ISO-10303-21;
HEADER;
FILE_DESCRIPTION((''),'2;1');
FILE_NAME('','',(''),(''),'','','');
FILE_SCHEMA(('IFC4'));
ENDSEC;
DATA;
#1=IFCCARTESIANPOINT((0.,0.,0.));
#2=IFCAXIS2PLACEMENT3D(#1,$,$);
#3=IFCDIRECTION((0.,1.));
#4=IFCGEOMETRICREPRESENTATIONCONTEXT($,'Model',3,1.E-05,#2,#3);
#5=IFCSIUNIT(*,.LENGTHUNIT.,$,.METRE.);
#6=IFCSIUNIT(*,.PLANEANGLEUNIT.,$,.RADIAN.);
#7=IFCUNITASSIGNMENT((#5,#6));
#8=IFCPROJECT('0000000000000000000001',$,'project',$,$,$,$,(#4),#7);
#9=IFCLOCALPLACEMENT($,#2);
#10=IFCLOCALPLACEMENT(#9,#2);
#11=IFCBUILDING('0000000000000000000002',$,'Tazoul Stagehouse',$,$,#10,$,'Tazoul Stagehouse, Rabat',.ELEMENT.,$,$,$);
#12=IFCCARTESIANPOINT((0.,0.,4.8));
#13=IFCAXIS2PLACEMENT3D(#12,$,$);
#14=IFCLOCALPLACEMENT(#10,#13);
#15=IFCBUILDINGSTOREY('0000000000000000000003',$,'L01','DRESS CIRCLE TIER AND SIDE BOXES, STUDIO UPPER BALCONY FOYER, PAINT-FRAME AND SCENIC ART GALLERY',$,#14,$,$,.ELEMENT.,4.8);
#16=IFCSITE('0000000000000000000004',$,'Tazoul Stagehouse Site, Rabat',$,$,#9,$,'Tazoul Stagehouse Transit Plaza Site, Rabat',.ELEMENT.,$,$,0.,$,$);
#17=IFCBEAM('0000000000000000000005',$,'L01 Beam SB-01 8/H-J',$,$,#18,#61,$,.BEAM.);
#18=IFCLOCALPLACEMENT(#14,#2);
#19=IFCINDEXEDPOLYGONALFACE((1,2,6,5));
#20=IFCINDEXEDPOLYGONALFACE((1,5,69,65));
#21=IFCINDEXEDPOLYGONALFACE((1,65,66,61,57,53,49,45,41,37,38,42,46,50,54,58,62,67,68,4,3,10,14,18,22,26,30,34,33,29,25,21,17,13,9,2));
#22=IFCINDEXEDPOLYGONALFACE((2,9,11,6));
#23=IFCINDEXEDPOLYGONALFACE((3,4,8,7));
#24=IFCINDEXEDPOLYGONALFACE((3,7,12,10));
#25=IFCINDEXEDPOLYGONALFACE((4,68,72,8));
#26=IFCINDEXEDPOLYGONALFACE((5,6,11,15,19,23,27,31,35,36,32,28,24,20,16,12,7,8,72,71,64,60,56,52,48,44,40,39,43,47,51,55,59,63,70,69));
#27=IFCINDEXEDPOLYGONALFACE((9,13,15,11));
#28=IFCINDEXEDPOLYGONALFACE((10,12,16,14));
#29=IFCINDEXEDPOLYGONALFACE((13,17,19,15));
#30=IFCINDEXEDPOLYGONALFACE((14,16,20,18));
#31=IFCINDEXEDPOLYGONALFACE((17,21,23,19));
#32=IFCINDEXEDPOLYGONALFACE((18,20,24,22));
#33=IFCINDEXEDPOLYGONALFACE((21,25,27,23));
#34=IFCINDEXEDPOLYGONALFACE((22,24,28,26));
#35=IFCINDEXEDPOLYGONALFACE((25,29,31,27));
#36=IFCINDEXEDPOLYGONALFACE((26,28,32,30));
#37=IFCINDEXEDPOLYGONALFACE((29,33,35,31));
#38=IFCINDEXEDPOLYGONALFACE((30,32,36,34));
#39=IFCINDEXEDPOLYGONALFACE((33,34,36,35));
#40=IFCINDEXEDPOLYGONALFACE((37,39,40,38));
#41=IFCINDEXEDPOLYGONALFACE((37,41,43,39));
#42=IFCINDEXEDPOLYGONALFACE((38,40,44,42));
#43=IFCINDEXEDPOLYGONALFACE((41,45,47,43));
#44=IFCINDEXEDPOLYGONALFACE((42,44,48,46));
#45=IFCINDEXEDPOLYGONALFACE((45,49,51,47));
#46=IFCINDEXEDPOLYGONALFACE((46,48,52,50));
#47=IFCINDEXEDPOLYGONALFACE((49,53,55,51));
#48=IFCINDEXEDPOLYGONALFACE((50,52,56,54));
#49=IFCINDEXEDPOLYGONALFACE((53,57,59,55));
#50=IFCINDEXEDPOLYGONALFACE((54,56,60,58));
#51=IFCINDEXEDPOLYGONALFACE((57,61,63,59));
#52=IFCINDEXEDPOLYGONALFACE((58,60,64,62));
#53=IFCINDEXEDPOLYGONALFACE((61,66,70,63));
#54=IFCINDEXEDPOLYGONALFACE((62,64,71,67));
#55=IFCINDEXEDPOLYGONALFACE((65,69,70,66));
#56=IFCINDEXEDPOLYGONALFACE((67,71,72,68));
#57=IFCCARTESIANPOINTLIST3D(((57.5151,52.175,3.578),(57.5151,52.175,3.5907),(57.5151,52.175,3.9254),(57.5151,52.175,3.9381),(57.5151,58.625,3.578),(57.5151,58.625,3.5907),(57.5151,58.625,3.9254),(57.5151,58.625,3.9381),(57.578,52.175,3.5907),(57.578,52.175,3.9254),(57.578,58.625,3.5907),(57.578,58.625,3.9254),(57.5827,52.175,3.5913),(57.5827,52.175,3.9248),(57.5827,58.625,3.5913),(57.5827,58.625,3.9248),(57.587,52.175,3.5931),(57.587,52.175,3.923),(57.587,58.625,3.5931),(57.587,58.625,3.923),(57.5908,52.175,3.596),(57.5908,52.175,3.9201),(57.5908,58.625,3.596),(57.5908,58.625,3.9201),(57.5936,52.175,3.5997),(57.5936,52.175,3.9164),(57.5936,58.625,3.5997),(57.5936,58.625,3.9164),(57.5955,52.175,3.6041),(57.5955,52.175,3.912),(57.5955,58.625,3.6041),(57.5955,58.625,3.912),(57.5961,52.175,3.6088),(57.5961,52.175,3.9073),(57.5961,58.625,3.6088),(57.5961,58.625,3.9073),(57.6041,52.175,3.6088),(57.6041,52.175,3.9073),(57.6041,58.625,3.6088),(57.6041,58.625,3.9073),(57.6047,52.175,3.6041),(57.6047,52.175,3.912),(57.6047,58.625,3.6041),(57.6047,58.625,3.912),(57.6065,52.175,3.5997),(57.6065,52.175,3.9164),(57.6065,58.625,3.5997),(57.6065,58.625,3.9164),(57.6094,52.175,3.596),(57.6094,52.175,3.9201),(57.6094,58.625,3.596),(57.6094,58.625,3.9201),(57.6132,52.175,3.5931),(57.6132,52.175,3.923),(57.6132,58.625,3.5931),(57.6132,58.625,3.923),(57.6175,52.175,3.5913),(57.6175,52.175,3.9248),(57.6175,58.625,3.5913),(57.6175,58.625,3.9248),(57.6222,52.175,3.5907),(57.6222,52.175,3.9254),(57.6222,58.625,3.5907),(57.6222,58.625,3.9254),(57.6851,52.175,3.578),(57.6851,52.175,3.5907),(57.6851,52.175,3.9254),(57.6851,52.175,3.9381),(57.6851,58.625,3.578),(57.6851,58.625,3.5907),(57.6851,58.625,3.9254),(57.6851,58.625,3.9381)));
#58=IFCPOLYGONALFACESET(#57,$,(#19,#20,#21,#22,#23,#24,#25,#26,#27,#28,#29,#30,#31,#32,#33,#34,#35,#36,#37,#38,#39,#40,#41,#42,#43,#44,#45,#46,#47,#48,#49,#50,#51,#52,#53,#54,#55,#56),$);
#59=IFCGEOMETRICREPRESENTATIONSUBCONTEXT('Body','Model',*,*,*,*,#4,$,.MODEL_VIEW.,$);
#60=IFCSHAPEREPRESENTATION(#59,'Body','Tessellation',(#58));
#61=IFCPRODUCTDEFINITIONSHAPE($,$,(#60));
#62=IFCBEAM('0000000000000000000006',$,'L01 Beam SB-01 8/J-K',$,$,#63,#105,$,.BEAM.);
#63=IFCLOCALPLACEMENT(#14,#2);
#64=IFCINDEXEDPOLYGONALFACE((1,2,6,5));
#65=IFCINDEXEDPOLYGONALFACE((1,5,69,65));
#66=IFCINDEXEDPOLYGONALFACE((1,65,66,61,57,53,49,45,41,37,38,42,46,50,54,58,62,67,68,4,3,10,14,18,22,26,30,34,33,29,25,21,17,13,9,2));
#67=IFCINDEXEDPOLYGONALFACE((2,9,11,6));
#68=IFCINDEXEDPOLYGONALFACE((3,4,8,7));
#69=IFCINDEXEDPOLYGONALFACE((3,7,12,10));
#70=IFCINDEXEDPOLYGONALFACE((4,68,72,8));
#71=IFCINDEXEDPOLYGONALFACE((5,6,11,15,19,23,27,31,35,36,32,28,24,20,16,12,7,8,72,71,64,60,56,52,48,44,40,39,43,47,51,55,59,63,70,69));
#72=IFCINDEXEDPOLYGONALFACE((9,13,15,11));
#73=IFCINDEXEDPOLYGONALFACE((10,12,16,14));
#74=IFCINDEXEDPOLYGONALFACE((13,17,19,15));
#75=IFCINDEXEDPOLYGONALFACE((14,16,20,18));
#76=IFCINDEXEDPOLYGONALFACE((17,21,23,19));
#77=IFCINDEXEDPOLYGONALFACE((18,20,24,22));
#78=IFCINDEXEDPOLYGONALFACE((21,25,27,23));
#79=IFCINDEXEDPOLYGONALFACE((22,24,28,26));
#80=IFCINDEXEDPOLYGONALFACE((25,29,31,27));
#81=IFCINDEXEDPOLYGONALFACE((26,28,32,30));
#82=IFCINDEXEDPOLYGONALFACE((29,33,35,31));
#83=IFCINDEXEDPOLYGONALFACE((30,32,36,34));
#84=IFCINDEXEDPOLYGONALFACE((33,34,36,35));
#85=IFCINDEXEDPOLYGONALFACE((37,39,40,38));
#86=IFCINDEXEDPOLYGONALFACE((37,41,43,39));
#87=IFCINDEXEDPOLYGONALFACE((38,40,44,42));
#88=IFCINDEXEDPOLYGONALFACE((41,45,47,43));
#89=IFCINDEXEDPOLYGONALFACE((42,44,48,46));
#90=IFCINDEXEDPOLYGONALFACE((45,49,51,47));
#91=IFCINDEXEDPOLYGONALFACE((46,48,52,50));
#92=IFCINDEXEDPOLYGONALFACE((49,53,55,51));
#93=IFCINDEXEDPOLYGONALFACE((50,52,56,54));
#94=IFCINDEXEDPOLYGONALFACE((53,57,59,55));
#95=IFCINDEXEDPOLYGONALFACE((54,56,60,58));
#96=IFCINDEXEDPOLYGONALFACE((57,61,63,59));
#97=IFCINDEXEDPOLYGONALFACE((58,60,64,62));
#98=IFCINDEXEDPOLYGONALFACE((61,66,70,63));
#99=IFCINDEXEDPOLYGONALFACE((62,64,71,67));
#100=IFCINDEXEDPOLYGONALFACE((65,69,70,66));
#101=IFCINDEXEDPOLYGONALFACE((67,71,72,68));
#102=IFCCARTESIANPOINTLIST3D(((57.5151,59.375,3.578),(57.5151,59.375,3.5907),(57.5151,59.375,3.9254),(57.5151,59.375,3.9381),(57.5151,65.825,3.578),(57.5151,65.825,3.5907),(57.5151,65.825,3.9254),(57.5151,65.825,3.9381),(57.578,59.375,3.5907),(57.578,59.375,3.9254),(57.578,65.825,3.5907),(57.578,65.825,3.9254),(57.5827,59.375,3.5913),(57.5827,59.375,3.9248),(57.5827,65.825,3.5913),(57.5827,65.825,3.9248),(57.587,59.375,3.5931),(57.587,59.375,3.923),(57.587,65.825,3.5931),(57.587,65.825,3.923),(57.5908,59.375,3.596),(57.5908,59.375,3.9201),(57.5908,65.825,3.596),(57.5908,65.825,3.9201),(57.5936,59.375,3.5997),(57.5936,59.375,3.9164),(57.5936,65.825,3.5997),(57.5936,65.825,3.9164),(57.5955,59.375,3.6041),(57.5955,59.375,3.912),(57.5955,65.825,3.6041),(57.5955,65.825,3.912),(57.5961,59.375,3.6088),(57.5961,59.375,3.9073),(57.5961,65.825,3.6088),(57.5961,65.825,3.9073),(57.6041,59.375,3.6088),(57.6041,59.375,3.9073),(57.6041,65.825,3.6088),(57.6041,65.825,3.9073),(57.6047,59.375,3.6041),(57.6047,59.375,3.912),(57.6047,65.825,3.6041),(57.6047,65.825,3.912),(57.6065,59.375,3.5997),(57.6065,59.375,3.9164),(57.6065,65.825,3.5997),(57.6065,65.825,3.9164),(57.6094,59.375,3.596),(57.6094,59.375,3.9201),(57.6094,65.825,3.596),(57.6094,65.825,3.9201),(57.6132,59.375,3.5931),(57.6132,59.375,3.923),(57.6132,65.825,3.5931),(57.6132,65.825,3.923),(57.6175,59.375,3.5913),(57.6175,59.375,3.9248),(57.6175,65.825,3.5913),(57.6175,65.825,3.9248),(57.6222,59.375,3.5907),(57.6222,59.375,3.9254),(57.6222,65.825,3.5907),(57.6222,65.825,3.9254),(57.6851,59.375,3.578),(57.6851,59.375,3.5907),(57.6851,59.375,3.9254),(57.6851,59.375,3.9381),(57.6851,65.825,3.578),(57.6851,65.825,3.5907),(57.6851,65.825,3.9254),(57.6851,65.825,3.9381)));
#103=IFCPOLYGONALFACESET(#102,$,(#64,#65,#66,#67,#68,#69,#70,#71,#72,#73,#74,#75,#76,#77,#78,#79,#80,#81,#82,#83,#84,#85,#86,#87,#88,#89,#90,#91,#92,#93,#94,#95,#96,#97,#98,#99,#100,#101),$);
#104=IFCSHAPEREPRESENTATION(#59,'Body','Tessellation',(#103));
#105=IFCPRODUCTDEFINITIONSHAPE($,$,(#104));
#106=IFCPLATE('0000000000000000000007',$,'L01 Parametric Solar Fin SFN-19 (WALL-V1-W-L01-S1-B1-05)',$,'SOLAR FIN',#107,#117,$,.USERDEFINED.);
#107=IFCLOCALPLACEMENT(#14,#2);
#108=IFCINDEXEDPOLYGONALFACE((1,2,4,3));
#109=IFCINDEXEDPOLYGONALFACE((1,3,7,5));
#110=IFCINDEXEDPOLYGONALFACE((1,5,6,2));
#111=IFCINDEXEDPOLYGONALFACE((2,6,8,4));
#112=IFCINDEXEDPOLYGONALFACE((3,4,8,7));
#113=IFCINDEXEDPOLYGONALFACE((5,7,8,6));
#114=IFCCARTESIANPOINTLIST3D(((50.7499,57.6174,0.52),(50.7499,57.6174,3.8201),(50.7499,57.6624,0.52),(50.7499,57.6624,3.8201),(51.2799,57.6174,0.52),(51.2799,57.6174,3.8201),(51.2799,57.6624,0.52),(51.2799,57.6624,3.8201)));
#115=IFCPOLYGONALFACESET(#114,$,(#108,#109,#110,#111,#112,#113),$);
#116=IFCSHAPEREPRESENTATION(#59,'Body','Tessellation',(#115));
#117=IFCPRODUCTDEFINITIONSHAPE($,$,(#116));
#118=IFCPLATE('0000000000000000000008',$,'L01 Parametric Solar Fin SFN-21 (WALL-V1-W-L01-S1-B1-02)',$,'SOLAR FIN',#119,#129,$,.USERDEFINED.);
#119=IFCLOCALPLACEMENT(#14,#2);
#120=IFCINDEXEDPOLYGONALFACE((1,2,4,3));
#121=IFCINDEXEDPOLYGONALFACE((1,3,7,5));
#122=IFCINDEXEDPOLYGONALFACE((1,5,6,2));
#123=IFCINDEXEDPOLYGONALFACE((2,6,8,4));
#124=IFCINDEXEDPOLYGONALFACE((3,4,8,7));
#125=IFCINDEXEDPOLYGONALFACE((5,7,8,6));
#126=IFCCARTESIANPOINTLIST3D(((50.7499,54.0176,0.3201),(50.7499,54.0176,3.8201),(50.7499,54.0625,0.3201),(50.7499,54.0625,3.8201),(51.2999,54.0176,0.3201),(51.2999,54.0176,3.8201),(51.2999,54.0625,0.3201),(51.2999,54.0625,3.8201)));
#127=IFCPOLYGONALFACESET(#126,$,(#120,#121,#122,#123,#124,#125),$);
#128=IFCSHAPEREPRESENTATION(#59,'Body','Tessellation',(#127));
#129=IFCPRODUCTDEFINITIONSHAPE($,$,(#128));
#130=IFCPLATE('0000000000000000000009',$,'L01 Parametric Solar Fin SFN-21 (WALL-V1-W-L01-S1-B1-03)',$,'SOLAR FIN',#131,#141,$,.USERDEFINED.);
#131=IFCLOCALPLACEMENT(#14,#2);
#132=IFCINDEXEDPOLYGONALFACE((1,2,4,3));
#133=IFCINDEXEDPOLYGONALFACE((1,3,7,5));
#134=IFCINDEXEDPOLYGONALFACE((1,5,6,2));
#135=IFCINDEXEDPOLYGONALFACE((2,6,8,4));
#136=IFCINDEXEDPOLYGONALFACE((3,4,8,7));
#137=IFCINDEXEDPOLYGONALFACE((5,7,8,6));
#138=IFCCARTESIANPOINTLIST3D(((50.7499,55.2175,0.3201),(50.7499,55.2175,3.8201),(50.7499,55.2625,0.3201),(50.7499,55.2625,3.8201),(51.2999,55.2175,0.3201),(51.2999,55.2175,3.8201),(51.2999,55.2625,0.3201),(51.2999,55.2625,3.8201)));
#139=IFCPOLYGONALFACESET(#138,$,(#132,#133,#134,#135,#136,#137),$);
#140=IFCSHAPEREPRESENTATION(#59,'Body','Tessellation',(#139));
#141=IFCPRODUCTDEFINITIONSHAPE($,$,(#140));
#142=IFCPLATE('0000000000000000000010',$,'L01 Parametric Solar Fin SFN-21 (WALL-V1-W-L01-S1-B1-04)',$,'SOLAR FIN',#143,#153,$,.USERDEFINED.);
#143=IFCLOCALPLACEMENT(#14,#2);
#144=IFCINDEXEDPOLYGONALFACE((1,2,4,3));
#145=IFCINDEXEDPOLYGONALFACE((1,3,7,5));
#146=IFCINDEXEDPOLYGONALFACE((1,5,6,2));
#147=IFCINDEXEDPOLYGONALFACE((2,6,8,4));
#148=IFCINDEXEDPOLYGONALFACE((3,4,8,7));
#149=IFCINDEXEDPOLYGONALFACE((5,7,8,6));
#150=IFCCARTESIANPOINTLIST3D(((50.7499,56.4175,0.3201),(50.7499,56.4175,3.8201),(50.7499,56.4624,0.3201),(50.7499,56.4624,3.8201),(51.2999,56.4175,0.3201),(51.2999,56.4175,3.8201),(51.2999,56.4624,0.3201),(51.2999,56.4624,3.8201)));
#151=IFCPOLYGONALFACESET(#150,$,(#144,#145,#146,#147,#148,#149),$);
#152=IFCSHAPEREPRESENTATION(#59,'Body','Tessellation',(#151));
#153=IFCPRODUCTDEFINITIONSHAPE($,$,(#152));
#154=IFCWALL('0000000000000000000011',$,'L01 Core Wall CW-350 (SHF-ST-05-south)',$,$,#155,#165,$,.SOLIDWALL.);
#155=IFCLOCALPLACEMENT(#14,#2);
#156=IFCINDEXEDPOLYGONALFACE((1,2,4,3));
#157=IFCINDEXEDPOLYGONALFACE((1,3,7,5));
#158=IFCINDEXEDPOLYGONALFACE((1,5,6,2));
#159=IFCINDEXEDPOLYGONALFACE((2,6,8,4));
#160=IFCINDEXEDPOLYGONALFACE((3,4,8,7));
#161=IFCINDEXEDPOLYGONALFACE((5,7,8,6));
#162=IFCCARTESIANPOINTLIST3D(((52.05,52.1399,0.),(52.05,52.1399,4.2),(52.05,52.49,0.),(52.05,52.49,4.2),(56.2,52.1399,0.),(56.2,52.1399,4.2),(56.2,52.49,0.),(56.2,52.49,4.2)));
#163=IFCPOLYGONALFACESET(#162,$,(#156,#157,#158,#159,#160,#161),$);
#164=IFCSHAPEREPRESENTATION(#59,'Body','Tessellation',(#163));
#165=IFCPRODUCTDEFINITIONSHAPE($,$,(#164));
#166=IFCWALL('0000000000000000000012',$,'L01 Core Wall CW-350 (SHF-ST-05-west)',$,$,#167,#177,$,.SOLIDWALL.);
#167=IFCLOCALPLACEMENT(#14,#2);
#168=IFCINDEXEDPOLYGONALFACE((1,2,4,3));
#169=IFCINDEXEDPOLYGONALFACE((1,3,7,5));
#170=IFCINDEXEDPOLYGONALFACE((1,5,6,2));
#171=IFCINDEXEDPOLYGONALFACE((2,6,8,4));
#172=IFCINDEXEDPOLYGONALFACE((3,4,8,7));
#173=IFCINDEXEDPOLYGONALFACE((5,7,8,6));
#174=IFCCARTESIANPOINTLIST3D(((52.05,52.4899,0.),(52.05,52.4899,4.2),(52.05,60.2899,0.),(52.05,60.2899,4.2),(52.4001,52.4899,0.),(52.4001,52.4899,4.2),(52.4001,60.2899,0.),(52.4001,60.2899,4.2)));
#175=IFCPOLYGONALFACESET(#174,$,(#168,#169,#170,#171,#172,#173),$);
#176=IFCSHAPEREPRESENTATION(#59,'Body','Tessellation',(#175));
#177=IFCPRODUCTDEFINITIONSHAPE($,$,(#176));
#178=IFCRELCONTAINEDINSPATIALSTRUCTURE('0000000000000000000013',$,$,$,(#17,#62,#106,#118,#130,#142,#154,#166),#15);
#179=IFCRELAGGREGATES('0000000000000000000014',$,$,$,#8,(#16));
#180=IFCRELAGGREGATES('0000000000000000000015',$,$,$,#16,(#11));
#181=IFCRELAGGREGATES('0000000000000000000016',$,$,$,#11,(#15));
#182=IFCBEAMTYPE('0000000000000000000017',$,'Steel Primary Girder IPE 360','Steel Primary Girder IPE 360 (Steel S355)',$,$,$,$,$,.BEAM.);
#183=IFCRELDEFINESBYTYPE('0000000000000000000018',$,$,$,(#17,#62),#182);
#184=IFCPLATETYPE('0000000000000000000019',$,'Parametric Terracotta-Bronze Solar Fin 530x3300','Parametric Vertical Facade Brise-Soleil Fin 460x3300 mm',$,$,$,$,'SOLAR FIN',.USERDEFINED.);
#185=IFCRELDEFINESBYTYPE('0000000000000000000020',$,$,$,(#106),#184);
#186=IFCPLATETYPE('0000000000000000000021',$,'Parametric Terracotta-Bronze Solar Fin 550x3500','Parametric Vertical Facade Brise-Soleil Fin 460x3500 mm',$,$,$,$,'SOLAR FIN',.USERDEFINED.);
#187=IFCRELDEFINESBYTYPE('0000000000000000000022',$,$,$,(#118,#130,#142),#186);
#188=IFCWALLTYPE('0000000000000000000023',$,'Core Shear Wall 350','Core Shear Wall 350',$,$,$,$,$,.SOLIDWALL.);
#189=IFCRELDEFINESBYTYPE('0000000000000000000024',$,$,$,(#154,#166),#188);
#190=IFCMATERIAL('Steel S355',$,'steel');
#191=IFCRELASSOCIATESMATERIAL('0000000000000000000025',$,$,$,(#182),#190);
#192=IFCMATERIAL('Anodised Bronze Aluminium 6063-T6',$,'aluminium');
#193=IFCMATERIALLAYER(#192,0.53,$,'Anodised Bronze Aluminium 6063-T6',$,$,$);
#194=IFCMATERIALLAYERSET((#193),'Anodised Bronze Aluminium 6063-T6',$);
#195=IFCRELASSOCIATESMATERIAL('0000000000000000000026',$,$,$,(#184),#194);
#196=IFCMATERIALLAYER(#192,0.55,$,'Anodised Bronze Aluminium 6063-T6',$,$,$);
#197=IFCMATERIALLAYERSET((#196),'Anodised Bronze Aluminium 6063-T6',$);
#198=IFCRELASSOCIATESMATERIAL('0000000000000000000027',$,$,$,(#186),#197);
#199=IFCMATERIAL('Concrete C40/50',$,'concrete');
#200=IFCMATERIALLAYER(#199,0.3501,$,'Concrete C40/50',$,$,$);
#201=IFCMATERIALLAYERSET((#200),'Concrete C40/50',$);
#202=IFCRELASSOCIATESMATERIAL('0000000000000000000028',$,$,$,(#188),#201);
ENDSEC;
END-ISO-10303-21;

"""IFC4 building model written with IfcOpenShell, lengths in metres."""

from ifc_helpers import new_model, si_unit, direction, frame, frame_2d, origin, origin_2d, place, context, subcontext, project, spatial, rectangle, i_section, extrude, material, layer, layer_set, material_profile, profile_set, type_object, element, save


model = new_model("IFC4")

# Units and contexts
model_context = context("Model", 3, precision=1e-05, world=origin(), true_north=direction((0.0, 1.0)))
body_context = subcontext(model_context, "Body", "Model", "MODEL_VIEW")
ifc_project = project(units=[si_unit("LENGTHUNIT", "METRE"), si_unit("PLANEANGLEUNIT", "RADIAN")], contexts=[model_context])

# Site, building, storey
site_placement = place(None, origin())
site = spatial("IfcSite", under=ifc_project, at=site_placement, Name="Tazoul Stagehouse Site, Rabat", LongName="Tazoul Stagehouse Transit Plaza Site, Rabat", CompositionType="ELEMENT", RefElevation=0.0)
building_placement = place(site_placement, origin())
building = spatial("IfcBuilding", under=site, at=building_placement, Name="Tazoul Stagehouse", LongName="Tazoul Stagehouse, Rabat", CompositionType="ELEMENT")
storey_placement = place(building_placement, frame((0.0, 0.0, 4.8)))
storey = spatial("IfcBuildingStorey", under=building, at=storey_placement, Name="L01", Description="DRESS CIRCLE TIER AND SIDE BOXES, STUDIO UPPER BALCONY FOYER, PAINT-FRAME AND SCENIC ART GALLERY", CompositionType="ELEMENT", Elevation=4.8)

# Shared definitions
ifc_material_1 = material(Name="Concrete C40/50", Category="concrete")

# Beams
ifc_material_2 = material(Name="Steel S355", Category="steel")
ifc_material_profile_1 = material_profile(ifc_material_2, i_section(OverallWidth=0.1699, OverallDepth=0.3601, WebThickness=0.0081, FlangeThickness=0.0127, FilletRadius=0.0181, at=origin_2d()), Name="IPE 360")
ifc_profile_set_1 = profile_set([ifc_material_profile_1], Name="Steel S355")
beam_type_1 = type_object("IfcBeamType", Name="Steel Primary Girder IPE 360", Description="Steel Primary Girder IPE 360 (Steel S355)", PredefinedType="BEAM", material=ifc_profile_set_1)
for number, where, z_axis, x_axis, name in (
    (1, (57.6001, 52.175, 3.7581), (0.0, 1.0, 0.0), (-1.0, 0.0, 0.0), "L01 Beam SB-01 8/H-J"),
    (2, (57.6001, 59.375, 3.7581), (0.0, 1.0, 0.0), (-1.0, 0.0, 0.0), "L01 Beam SB-01 8/J-K"),
):
    element("IfcBeam", number, at=place(storey_placement, frame(where, z_axis=z_axis, x_axis=x_axis)), inside=storey, type_object=beam_type_1, Name=name, PredefinedType="BEAM", context=body_context, shape_type="SweptSolid", body=[
        extrude(i_section(OverallWidth=0.1699, OverallDepth=0.3601, WebThickness=0.0081, FlangeThickness=0.0127, FilletRadius=0.0181, at=origin_2d()), origin(), (0.0, 0.0, 1.0), 6.45),
    ])

# Plates
ifc_material_3 = material(Name="Anodised Bronze Aluminium 6063-T6", Category="aluminium")
ifc_layer_1 = layer(ifc_material_3, 0.53, Name="Anodised Bronze Aluminium 6063-T6")
ifc_layer_set_1 = layer_set([ifc_layer_1], Name="Anodised Bronze Aluminium 6063-T6")
plate_type_1 = type_object("IfcPlateType", Name="Parametric Terracotta-Bronze Solar Fin 530x3300", Description="Parametric Vertical Facade Brise-Soleil Fin 460x3300 mm", ElementType="SOLAR FIN", PredefinedType="USERDEFINED", material=ifc_layer_set_1)
plate_placement = place(storey_placement, frame((51.0149, 57.6399, 0.52), z_axis=(0.0, 0.0, 1.0), x_axis=(0.0, 1.0, 0.0)))
element("IfcPlate", 3, at=plate_placement, inside=storey, type_object=plate_type_1, Name="L01 Parametric Solar Fin SFN-19 (WALL-V1-W-L01-S1-B1-05)", ObjectType="SOLAR FIN", PredefinedType="USERDEFINED", context=body_context, shape_type="SweptSolid", body=[
    extrude(rectangle(XDim=0.0449, YDim=0.53, at=origin_2d()), origin(), (0.0, 0.0, 1.0), 3.3),
])
ifc_layer_2 = layer(ifc_material_3, 0.55, Name="Anodised Bronze Aluminium 6063-T6")
ifc_layer_set_2 = layer_set([ifc_layer_2], Name="Anodised Bronze Aluminium 6063-T6")
plate_type_2 = type_object("IfcPlateType", Name="Parametric Terracotta-Bronze Solar Fin 550x3500", Description="Parametric Vertical Facade Brise-Soleil Fin 460x3500 mm", ElementType="SOLAR FIN", PredefinedType="USERDEFINED", material=ifc_layer_set_2)
for number, where, z_axis, x_axis, name in (
    (4, (51.0249, 54.04, 0.3201), (0.0, 0.0, 1.0), (0.0, 1.0, 0.0), "L01 Parametric Solar Fin SFN-21 (WALL-V1-W-L01-S1-B1-02)"),
    (5, (51.0249, 55.24, 0.3201), (0.0, 0.0, 1.0), (0.0, 1.0, 0.0), "L01 Parametric Solar Fin SFN-21 (WALL-V1-W-L01-S1-B1-03)"),
    (6, (51.0249, 56.4399, 0.3201), (0.0, 0.0, 1.0), (0.0, 1.0, 0.0), "L01 Parametric Solar Fin SFN-21 (WALL-V1-W-L01-S1-B1-04)"),
):
    element("IfcPlate", number, at=place(storey_placement, frame(where, z_axis=z_axis, x_axis=x_axis)), inside=storey, type_object=plate_type_2, Name=name, ObjectType="SOLAR FIN", PredefinedType="USERDEFINED", context=body_context, shape_type="SweptSolid", body=[
        extrude(rectangle(XDim=0.0449, YDim=0.55, at=origin_2d()), origin(), (0.0, 0.0, 1.0), 3.5),
    ])

# Walls
ifc_layer_3 = layer(ifc_material_1, 0.3501, Name="Concrete C40/50")
ifc_layer_set_3 = layer_set([ifc_layer_3], Name="Concrete C40/50")
wall_type = type_object("IfcWallType", Name="Core Shear Wall 350", Description="Core Shear Wall 350", PredefinedType="SOLIDWALL", material=ifc_layer_set_3)
wall_1_placement = place(storey_placement, frame((56.2, 52.3149, 0.0), z_axis=(0.0, 0.0, 1.0), x_axis=(-1.0, 0.0, 0.0)))
element("IfcWall", 7, at=wall_1_placement, inside=storey, type_object=wall_type, Name="L01 Core Wall CW-350 (SHF-ST-05-south)", PredefinedType="SOLIDWALL", context=body_context, shape_type="SweptSolid", body=[
    extrude(rectangle(XDim=4.1499, YDim=0.3501, at=frame_2d((2.075, 0.0))), origin(), (0.0, 0.0, 1.0), 4.2),
])
wall_2_placement = place(storey_placement, frame((52.2251, 52.49, 0.0), z_axis=(0.0, 0.0, 1.0), x_axis=(0.0, 1.0, 0.0)))
element("IfcWall", 8, at=wall_2_placement, inside=storey, type_object=wall_type, Name="L01 Core Wall CW-350 (SHF-ST-05-west)", PredefinedType="SOLIDWALL", context=body_context, shape_type="SweptSolid", body=[
    extrude(rectangle(XDim=7.8, YDim=0.3501, at=frame_2d((3.8999, 0.0))), origin(), (0.0, 0.0, 1.0), 4.2),
])

save(model, "model.ifc")
